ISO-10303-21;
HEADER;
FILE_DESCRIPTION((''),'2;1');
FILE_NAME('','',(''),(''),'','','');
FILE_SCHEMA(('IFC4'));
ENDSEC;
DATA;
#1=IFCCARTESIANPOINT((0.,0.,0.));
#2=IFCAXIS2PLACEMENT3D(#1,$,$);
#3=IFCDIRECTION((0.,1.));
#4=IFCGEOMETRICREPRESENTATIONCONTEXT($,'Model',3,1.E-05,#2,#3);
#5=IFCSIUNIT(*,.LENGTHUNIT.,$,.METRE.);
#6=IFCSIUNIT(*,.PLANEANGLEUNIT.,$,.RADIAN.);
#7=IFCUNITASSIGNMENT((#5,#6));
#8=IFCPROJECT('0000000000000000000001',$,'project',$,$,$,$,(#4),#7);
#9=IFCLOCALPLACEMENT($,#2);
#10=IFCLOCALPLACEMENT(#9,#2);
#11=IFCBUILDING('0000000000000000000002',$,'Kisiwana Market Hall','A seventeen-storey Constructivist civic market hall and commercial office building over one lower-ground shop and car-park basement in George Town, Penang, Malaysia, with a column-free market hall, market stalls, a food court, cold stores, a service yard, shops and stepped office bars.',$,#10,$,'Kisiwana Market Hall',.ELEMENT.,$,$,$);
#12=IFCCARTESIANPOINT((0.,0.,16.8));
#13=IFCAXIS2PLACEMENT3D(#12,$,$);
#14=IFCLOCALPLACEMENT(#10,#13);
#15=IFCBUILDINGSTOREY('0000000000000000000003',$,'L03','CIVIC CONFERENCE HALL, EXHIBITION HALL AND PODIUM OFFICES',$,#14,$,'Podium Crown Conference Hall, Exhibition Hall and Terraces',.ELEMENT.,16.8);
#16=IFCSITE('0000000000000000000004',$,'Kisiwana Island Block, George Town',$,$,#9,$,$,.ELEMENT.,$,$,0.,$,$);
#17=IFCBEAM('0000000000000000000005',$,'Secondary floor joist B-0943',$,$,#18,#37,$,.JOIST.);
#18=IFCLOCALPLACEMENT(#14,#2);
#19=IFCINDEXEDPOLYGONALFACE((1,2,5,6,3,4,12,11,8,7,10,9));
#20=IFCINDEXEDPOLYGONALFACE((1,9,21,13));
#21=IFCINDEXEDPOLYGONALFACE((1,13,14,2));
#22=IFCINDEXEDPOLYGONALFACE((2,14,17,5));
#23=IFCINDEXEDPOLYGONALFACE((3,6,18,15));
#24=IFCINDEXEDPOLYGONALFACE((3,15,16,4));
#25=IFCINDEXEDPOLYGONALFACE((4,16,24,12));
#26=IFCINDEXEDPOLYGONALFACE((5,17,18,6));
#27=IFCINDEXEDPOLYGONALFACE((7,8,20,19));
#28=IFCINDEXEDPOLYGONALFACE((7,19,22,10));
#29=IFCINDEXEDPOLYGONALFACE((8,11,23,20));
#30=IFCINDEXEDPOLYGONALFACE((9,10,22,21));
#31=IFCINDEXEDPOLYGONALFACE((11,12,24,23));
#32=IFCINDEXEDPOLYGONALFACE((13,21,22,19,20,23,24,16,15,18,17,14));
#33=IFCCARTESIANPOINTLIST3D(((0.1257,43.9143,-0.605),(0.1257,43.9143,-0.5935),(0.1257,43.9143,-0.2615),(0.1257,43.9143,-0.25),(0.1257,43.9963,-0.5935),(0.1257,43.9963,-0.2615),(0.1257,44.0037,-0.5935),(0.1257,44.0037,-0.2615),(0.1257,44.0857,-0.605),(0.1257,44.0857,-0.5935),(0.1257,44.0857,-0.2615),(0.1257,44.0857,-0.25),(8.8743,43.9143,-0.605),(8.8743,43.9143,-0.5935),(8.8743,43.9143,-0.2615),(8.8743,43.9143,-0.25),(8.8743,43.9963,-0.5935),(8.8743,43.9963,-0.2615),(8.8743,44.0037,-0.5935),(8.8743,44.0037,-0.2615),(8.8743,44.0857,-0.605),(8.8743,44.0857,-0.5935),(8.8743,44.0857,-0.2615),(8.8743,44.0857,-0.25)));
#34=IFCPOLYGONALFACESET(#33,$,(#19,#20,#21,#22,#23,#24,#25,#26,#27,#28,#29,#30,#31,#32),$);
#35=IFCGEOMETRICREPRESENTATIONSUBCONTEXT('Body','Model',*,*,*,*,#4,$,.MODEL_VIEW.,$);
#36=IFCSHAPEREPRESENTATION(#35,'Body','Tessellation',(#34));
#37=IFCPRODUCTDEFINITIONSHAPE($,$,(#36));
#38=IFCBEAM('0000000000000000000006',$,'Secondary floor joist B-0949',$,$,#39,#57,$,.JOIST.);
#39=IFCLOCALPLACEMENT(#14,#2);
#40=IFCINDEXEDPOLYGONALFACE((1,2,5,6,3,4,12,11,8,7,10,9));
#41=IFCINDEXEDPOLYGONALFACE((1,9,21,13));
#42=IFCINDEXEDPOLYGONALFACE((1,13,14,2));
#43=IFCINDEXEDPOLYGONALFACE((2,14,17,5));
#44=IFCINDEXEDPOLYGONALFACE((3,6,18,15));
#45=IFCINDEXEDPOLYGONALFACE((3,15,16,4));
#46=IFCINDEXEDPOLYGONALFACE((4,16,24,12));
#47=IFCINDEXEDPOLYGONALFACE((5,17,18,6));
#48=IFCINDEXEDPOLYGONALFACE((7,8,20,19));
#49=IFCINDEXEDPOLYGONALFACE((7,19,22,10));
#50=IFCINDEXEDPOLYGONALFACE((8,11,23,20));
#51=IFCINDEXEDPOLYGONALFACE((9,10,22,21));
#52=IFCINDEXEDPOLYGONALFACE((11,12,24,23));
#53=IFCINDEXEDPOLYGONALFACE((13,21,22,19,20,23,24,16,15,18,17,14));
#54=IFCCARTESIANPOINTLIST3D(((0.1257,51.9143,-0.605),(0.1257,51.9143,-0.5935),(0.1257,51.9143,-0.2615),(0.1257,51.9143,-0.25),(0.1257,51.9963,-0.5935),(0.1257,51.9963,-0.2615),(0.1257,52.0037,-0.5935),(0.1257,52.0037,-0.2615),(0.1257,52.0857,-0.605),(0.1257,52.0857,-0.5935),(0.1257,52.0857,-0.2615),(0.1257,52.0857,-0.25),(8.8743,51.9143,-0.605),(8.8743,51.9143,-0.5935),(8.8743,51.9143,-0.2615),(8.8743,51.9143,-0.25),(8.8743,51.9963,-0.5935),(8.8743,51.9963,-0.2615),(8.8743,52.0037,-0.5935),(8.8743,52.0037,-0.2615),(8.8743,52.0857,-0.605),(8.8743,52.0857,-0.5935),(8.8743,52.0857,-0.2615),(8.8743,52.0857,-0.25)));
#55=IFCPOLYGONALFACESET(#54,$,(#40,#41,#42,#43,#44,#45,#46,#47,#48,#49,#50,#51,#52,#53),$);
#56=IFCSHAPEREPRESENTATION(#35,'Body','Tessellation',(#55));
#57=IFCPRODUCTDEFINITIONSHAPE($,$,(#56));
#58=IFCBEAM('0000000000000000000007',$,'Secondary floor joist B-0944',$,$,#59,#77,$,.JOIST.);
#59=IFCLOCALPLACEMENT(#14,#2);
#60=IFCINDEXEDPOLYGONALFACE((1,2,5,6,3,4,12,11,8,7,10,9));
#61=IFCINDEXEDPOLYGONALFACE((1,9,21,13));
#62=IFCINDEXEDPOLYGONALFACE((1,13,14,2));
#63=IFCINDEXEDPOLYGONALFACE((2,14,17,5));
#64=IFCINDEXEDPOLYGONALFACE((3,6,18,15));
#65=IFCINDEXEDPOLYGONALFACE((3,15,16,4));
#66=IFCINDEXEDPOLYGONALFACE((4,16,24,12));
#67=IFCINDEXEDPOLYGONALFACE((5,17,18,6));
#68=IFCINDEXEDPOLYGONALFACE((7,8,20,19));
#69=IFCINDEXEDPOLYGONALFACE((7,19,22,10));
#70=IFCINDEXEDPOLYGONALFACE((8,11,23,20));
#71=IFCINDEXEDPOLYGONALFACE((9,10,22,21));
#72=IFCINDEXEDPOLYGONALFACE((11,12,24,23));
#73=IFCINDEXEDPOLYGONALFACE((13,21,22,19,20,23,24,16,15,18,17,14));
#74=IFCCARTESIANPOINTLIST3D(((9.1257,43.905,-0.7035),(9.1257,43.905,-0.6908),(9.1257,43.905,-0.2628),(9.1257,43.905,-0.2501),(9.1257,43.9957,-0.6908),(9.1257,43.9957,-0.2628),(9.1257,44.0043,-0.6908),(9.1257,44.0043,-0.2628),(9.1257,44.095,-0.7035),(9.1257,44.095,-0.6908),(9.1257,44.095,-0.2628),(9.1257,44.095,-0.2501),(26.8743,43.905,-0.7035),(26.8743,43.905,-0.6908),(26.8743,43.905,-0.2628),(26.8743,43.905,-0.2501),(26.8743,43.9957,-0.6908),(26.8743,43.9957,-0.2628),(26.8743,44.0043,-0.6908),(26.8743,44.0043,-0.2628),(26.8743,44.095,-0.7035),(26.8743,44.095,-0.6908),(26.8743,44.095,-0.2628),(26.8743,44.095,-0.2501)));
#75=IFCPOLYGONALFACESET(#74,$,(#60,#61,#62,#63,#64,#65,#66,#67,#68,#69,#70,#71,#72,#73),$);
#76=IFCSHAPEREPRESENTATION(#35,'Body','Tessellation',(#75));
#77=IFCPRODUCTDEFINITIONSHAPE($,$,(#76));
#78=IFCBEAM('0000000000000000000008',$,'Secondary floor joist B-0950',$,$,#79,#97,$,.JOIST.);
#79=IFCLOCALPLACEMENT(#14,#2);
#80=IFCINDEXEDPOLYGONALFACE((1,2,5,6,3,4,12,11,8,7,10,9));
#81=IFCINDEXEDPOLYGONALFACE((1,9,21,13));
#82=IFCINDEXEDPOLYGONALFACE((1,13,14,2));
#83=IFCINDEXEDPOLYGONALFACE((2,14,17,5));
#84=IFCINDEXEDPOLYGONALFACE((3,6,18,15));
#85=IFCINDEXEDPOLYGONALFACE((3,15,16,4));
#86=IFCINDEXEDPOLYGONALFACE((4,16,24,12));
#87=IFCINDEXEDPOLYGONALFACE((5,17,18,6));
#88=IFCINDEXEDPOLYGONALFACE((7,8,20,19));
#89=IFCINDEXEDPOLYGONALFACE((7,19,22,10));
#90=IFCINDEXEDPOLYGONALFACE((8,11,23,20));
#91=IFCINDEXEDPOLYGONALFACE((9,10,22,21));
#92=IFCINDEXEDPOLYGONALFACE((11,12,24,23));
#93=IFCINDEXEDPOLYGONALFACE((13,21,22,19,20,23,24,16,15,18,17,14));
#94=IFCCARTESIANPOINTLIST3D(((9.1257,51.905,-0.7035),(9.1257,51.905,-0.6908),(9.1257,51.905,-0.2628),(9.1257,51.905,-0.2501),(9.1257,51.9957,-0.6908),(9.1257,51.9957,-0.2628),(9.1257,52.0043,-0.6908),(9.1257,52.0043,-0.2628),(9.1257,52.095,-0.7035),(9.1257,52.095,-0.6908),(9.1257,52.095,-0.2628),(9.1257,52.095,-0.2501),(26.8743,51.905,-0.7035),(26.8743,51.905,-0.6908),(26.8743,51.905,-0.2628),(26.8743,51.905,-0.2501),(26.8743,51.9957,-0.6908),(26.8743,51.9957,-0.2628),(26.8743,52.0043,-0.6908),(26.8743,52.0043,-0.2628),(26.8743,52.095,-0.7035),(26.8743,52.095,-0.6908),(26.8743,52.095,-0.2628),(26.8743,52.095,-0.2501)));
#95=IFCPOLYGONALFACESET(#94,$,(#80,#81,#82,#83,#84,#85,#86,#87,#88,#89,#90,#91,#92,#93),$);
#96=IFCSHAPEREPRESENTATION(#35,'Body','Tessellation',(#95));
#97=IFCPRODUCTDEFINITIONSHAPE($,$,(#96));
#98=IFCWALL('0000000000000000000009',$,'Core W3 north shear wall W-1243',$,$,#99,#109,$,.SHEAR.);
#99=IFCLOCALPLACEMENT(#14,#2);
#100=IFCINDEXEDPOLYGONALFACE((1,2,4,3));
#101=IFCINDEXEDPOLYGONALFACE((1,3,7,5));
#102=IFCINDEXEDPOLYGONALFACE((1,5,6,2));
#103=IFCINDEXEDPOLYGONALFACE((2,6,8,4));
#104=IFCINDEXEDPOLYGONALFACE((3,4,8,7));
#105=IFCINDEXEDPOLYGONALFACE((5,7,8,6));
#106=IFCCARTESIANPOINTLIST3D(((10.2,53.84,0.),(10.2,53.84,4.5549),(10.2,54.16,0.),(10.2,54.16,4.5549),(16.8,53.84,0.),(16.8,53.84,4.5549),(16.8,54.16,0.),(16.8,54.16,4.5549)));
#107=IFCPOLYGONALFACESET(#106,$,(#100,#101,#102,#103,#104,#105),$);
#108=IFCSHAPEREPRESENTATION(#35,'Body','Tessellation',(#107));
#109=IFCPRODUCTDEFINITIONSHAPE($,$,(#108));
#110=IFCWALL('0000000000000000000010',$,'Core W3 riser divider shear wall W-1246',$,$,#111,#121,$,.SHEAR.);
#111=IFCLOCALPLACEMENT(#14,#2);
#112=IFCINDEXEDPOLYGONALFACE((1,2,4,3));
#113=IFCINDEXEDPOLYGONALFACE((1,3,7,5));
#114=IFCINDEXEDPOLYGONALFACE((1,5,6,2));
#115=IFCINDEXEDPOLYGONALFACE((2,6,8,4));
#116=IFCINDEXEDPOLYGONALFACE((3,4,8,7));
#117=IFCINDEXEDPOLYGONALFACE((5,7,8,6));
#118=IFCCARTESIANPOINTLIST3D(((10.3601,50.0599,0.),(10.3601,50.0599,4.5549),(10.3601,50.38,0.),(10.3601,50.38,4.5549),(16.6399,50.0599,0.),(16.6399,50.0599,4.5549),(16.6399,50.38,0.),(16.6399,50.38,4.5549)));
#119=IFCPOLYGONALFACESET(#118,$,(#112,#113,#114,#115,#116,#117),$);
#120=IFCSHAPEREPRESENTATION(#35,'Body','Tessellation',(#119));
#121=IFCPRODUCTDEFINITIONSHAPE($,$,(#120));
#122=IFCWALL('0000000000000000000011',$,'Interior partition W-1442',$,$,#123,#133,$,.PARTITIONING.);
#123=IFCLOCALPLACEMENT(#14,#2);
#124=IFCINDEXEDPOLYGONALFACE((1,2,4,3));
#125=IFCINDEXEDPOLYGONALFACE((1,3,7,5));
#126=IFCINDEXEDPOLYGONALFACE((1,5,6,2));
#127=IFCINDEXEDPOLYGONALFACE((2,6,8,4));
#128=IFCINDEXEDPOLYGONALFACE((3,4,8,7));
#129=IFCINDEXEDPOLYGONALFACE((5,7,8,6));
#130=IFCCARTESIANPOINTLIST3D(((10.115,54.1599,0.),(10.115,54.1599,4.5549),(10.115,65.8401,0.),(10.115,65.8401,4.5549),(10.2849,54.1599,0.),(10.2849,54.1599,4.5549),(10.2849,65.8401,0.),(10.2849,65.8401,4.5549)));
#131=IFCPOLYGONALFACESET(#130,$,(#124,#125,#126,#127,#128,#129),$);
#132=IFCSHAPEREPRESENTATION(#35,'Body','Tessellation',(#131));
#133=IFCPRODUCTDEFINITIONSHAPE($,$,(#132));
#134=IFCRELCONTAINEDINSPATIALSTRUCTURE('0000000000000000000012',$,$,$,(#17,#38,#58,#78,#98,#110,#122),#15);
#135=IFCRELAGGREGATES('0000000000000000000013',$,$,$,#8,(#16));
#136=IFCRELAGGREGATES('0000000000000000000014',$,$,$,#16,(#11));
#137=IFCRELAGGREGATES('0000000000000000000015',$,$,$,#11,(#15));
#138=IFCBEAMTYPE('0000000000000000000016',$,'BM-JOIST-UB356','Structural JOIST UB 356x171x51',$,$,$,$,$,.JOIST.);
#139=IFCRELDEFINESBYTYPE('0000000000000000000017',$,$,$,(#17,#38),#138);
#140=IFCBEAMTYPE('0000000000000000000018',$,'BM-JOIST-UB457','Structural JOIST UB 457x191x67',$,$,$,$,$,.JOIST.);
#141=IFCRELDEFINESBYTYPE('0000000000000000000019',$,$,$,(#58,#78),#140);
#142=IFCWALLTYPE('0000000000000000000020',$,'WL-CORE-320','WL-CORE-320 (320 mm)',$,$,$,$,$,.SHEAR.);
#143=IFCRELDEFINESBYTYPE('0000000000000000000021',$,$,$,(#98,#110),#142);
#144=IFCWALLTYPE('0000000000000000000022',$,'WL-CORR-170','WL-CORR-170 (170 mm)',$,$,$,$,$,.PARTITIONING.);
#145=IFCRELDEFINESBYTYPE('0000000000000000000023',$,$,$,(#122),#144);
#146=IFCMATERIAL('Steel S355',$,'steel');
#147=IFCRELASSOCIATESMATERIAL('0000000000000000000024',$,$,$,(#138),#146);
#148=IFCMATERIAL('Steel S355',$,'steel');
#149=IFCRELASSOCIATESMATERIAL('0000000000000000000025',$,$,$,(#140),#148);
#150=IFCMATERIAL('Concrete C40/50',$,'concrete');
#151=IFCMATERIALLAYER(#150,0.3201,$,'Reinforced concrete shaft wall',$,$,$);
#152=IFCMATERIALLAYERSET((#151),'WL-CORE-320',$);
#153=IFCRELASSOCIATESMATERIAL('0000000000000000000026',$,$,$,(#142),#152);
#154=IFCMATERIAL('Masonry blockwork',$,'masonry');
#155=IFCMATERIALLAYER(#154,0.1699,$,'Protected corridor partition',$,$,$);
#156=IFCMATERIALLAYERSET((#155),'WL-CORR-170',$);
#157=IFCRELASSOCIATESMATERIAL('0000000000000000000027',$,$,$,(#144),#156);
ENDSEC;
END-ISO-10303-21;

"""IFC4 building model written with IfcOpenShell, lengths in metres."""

from ifc_helpers import new_model, si_unit, direction, frame, frame_2d, origin, origin_2d, place, context, subcontext, project, spatial, rectangle, i_section, extrude, material, layer, layer_set, material_profile, profile_set, type_object, element, save


model = new_model("IFC4")

# Units and contexts
model_context = context("Model", 3, precision=1e-05, world=origin(), true_north=direction((0.0, 1.0)))
body_context = subcontext(model_context, "Body", "Model", "MODEL_VIEW")
ifc_project = project(units=[si_unit("LENGTHUNIT", "METRE"), si_unit("PLANEANGLEUNIT", "RADIAN")], contexts=[model_context])

# Site, building, storey
site_placement = place(None, origin())
site = spatial("IfcSite", under=ifc_project, at=site_placement, Name="Kisiwana Island Block, George Town", CompositionType="ELEMENT", RefElevation=0.0)
building_placement = place(site_placement, origin())
building = spatial("IfcBuilding", under=site, at=building_placement, Name="Kisiwana Market Hall", Description="A seventeen-storey Constructivist civic market hall and commercial office building over one lower-ground shop and car-park basement in George Town, Penang, Malaysia, with a column-free market hall, market stalls, a food court, cold stores, a service yard, shops and stepped office bars.", LongName="Kisiwana Market Hall", CompositionType="ELEMENT")
storey_placement = place(building_placement, frame((0.0, 0.0, 16.8)))
storey = spatial("IfcBuildingStorey", under=building, at=storey_placement, Name="L03", Description="CIVIC CONFERENCE HALL, EXHIBITION HALL AND PODIUM OFFICES", LongName="Podium Crown Conference Hall, Exhibition Hall and Terraces", CompositionType="ELEMENT", Elevation=16.8)

# Beams
ifc_material_1 = material(Name="Steel S355", Category="steel")
ifc_material_profile_1 = material_profile(ifc_material_1, i_section(OverallWidth=0.1714, OverallDepth=0.355, WebThickness=0.0073, FlangeThickness=0.0115, at=origin_2d()), Name="UB 356x171x51")
ifc_profile_set_1 = profile_set([ifc_material_profile_1], Name="Steel S355")
beam_type_1 = type_object("IfcBeamType", Name="BM-JOIST-UB356", Description="Structural JOIST UB 356x171x51", PredefinedType="JOIST", material=ifc_profile_set_1)
for number, where, z_axis, x_axis, name in (
    (1, (0.1257, 44.0, -0.4275), (1.0, 0.0, 0.0), (0.0, 1.0, 0.0), "Secondary floor joist B-0943"),
    (2, (0.1257, 52.0, -0.4275), (1.0, 0.0, 0.0), (0.0, 1.0, 0.0), "Secondary floor joist B-0949"),
):
    element("IfcBeam", number, at=place(storey_placement, frame(where, z_axis=z_axis, x_axis=x_axis)), inside=storey, type_object=beam_type_1, Name=name, PredefinedType="JOIST", context=body_context, shape_type="SweptSolid", body=[
        extrude(i_section(OverallWidth=0.1714, OverallDepth=0.355, WebThickness=0.0073, FlangeThickness=0.0115, at=origin_2d()), origin(), (0.0, 0.0, 1.0), 8.7485),
    ])
ifc_material_2 = material(Name="Steel S355", Category="steel")
ifc_material_profile_2 = material_profile(ifc_material_2, i_section(OverallWidth=0.1899, OverallDepth=0.4534, WebThickness=0.0085, FlangeThickness=0.0127, at=origin_2d()), Name="UB 457x191x67")
ifc_profile_set_2 = profile_set([ifc_material_profile_2], Name="Steel S355")
beam_type_2 = type_object("IfcBeamType", Name="BM-JOIST-UB457", Description="Structural JOIST UB 457x191x67", PredefinedType="JOIST", material=ifc_profile_set_2)
for number, where, z_axis, x_axis, name in (
    (3, (9.1257, 44.0, -0.4768), (1.0, 0.0, 0.0), (0.0, 1.0, 0.0), "Secondary floor joist B-0944"),
    (4, (9.1257, 52.0, -0.4768), (1.0, 0.0, 0.0), (0.0, 1.0, 0.0), "Secondary floor joist B-0950"),
):
    element("IfcBeam", number, at=place(storey_placement, frame(where, z_axis=z_axis, x_axis=x_axis)), inside=storey, type_object=beam_type_2, Name=name, PredefinedType="JOIST", context=body_context, shape_type="SweptSolid", body=[
        extrude(i_section(OverallWidth=0.1899, OverallDepth=0.4534, WebThickness=0.0085, FlangeThickness=0.0127, at=origin_2d()), origin(), (0.0, 0.0, 1.0), 17.7485),
    ])

# Walls
ifc_material_3 = material(Name="Concrete C40/50", Category="concrete")
ifc_layer_1 = layer(ifc_material_3, 0.3201, Name="Reinforced concrete shaft wall")
ifc_layer_set_1 = layer_set([ifc_layer_1], Name="WL-CORE-320")
wall_type_1 = type_object("IfcWallType", Name="WL-CORE-320", Description="WL-CORE-320 (320 mm)", PredefinedType="SHEAR", material=ifc_layer_set_1)
wall_1_placement = place(storey_placement, frame((10.2, 54.0, 0.0), z_axis=(0.0, 0.0, 1.0), x_axis=(1.0, 0.0, 0.0)))
element("IfcWall", 5, at=wall_1_placement, inside=storey, type_object=wall_type_1, Name="Core W3 north shear wall W-1243", PredefinedType="SHEAR", context=body_context, shape_type="SweptSolid", body=[
    extrude(rectangle(XDim=6.6001, YDim=0.3201, at=frame_2d((3.3, 0.0))), origin(), (0.0, 0.0, 1.0), 4.5549),
])
wall_2_placement = place(storey_placement, frame((10.3601, 50.22, 0.0), z_axis=(0.0, 0.0, 1.0), x_axis=(1.0, 0.0, 0.0)))
element("IfcWall", 6, at=wall_2_placement, inside=storey, type_object=wall_type_1, Name="Core W3 riser divider shear wall W-1246", PredefinedType="SHEAR", context=body_context, shape_type="SweptSolid", body=[
    extrude(rectangle(XDim=6.2798, YDim=0.3201, at=frame_2d((3.1399, 0.0))), origin(), (0.0, 0.0, 1.0), 4.5549),
])
ifc_material_4 = material(Name="Masonry blockwork", Category="masonry")
ifc_layer_2 = layer(ifc_material_4, 0.1699, Name="Protected corridor partition")
ifc_layer_set_2 = layer_set([ifc_layer_2], Name="WL-CORR-170")
wall_type_2 = type_object("IfcWallType", Name="WL-CORR-170", Description="WL-CORR-170 (170 mm)", PredefinedType="PARTITIONING", material=ifc_layer_set_2)
wall_3_placement = place(storey_placement, frame((10.2, 54.1599, 0.0), z_axis=(0.0, 0.0, 1.0), x_axis=(0.0, 1.0, 0.0)))
element("IfcWall", 7, at=wall_3_placement, inside=storey, type_object=wall_type_2, Name="Interior partition W-1442", PredefinedType="PARTITIONING", context=body_context, shape_type="SweptSolid", body=[
    extrude(rectangle(XDim=11.6802, YDim=0.1699, at=frame_2d((5.8401, 0.0))), origin(), (0.0, 0.0, 1.0), 4.5549),
])

save(model, "model.ifc")
